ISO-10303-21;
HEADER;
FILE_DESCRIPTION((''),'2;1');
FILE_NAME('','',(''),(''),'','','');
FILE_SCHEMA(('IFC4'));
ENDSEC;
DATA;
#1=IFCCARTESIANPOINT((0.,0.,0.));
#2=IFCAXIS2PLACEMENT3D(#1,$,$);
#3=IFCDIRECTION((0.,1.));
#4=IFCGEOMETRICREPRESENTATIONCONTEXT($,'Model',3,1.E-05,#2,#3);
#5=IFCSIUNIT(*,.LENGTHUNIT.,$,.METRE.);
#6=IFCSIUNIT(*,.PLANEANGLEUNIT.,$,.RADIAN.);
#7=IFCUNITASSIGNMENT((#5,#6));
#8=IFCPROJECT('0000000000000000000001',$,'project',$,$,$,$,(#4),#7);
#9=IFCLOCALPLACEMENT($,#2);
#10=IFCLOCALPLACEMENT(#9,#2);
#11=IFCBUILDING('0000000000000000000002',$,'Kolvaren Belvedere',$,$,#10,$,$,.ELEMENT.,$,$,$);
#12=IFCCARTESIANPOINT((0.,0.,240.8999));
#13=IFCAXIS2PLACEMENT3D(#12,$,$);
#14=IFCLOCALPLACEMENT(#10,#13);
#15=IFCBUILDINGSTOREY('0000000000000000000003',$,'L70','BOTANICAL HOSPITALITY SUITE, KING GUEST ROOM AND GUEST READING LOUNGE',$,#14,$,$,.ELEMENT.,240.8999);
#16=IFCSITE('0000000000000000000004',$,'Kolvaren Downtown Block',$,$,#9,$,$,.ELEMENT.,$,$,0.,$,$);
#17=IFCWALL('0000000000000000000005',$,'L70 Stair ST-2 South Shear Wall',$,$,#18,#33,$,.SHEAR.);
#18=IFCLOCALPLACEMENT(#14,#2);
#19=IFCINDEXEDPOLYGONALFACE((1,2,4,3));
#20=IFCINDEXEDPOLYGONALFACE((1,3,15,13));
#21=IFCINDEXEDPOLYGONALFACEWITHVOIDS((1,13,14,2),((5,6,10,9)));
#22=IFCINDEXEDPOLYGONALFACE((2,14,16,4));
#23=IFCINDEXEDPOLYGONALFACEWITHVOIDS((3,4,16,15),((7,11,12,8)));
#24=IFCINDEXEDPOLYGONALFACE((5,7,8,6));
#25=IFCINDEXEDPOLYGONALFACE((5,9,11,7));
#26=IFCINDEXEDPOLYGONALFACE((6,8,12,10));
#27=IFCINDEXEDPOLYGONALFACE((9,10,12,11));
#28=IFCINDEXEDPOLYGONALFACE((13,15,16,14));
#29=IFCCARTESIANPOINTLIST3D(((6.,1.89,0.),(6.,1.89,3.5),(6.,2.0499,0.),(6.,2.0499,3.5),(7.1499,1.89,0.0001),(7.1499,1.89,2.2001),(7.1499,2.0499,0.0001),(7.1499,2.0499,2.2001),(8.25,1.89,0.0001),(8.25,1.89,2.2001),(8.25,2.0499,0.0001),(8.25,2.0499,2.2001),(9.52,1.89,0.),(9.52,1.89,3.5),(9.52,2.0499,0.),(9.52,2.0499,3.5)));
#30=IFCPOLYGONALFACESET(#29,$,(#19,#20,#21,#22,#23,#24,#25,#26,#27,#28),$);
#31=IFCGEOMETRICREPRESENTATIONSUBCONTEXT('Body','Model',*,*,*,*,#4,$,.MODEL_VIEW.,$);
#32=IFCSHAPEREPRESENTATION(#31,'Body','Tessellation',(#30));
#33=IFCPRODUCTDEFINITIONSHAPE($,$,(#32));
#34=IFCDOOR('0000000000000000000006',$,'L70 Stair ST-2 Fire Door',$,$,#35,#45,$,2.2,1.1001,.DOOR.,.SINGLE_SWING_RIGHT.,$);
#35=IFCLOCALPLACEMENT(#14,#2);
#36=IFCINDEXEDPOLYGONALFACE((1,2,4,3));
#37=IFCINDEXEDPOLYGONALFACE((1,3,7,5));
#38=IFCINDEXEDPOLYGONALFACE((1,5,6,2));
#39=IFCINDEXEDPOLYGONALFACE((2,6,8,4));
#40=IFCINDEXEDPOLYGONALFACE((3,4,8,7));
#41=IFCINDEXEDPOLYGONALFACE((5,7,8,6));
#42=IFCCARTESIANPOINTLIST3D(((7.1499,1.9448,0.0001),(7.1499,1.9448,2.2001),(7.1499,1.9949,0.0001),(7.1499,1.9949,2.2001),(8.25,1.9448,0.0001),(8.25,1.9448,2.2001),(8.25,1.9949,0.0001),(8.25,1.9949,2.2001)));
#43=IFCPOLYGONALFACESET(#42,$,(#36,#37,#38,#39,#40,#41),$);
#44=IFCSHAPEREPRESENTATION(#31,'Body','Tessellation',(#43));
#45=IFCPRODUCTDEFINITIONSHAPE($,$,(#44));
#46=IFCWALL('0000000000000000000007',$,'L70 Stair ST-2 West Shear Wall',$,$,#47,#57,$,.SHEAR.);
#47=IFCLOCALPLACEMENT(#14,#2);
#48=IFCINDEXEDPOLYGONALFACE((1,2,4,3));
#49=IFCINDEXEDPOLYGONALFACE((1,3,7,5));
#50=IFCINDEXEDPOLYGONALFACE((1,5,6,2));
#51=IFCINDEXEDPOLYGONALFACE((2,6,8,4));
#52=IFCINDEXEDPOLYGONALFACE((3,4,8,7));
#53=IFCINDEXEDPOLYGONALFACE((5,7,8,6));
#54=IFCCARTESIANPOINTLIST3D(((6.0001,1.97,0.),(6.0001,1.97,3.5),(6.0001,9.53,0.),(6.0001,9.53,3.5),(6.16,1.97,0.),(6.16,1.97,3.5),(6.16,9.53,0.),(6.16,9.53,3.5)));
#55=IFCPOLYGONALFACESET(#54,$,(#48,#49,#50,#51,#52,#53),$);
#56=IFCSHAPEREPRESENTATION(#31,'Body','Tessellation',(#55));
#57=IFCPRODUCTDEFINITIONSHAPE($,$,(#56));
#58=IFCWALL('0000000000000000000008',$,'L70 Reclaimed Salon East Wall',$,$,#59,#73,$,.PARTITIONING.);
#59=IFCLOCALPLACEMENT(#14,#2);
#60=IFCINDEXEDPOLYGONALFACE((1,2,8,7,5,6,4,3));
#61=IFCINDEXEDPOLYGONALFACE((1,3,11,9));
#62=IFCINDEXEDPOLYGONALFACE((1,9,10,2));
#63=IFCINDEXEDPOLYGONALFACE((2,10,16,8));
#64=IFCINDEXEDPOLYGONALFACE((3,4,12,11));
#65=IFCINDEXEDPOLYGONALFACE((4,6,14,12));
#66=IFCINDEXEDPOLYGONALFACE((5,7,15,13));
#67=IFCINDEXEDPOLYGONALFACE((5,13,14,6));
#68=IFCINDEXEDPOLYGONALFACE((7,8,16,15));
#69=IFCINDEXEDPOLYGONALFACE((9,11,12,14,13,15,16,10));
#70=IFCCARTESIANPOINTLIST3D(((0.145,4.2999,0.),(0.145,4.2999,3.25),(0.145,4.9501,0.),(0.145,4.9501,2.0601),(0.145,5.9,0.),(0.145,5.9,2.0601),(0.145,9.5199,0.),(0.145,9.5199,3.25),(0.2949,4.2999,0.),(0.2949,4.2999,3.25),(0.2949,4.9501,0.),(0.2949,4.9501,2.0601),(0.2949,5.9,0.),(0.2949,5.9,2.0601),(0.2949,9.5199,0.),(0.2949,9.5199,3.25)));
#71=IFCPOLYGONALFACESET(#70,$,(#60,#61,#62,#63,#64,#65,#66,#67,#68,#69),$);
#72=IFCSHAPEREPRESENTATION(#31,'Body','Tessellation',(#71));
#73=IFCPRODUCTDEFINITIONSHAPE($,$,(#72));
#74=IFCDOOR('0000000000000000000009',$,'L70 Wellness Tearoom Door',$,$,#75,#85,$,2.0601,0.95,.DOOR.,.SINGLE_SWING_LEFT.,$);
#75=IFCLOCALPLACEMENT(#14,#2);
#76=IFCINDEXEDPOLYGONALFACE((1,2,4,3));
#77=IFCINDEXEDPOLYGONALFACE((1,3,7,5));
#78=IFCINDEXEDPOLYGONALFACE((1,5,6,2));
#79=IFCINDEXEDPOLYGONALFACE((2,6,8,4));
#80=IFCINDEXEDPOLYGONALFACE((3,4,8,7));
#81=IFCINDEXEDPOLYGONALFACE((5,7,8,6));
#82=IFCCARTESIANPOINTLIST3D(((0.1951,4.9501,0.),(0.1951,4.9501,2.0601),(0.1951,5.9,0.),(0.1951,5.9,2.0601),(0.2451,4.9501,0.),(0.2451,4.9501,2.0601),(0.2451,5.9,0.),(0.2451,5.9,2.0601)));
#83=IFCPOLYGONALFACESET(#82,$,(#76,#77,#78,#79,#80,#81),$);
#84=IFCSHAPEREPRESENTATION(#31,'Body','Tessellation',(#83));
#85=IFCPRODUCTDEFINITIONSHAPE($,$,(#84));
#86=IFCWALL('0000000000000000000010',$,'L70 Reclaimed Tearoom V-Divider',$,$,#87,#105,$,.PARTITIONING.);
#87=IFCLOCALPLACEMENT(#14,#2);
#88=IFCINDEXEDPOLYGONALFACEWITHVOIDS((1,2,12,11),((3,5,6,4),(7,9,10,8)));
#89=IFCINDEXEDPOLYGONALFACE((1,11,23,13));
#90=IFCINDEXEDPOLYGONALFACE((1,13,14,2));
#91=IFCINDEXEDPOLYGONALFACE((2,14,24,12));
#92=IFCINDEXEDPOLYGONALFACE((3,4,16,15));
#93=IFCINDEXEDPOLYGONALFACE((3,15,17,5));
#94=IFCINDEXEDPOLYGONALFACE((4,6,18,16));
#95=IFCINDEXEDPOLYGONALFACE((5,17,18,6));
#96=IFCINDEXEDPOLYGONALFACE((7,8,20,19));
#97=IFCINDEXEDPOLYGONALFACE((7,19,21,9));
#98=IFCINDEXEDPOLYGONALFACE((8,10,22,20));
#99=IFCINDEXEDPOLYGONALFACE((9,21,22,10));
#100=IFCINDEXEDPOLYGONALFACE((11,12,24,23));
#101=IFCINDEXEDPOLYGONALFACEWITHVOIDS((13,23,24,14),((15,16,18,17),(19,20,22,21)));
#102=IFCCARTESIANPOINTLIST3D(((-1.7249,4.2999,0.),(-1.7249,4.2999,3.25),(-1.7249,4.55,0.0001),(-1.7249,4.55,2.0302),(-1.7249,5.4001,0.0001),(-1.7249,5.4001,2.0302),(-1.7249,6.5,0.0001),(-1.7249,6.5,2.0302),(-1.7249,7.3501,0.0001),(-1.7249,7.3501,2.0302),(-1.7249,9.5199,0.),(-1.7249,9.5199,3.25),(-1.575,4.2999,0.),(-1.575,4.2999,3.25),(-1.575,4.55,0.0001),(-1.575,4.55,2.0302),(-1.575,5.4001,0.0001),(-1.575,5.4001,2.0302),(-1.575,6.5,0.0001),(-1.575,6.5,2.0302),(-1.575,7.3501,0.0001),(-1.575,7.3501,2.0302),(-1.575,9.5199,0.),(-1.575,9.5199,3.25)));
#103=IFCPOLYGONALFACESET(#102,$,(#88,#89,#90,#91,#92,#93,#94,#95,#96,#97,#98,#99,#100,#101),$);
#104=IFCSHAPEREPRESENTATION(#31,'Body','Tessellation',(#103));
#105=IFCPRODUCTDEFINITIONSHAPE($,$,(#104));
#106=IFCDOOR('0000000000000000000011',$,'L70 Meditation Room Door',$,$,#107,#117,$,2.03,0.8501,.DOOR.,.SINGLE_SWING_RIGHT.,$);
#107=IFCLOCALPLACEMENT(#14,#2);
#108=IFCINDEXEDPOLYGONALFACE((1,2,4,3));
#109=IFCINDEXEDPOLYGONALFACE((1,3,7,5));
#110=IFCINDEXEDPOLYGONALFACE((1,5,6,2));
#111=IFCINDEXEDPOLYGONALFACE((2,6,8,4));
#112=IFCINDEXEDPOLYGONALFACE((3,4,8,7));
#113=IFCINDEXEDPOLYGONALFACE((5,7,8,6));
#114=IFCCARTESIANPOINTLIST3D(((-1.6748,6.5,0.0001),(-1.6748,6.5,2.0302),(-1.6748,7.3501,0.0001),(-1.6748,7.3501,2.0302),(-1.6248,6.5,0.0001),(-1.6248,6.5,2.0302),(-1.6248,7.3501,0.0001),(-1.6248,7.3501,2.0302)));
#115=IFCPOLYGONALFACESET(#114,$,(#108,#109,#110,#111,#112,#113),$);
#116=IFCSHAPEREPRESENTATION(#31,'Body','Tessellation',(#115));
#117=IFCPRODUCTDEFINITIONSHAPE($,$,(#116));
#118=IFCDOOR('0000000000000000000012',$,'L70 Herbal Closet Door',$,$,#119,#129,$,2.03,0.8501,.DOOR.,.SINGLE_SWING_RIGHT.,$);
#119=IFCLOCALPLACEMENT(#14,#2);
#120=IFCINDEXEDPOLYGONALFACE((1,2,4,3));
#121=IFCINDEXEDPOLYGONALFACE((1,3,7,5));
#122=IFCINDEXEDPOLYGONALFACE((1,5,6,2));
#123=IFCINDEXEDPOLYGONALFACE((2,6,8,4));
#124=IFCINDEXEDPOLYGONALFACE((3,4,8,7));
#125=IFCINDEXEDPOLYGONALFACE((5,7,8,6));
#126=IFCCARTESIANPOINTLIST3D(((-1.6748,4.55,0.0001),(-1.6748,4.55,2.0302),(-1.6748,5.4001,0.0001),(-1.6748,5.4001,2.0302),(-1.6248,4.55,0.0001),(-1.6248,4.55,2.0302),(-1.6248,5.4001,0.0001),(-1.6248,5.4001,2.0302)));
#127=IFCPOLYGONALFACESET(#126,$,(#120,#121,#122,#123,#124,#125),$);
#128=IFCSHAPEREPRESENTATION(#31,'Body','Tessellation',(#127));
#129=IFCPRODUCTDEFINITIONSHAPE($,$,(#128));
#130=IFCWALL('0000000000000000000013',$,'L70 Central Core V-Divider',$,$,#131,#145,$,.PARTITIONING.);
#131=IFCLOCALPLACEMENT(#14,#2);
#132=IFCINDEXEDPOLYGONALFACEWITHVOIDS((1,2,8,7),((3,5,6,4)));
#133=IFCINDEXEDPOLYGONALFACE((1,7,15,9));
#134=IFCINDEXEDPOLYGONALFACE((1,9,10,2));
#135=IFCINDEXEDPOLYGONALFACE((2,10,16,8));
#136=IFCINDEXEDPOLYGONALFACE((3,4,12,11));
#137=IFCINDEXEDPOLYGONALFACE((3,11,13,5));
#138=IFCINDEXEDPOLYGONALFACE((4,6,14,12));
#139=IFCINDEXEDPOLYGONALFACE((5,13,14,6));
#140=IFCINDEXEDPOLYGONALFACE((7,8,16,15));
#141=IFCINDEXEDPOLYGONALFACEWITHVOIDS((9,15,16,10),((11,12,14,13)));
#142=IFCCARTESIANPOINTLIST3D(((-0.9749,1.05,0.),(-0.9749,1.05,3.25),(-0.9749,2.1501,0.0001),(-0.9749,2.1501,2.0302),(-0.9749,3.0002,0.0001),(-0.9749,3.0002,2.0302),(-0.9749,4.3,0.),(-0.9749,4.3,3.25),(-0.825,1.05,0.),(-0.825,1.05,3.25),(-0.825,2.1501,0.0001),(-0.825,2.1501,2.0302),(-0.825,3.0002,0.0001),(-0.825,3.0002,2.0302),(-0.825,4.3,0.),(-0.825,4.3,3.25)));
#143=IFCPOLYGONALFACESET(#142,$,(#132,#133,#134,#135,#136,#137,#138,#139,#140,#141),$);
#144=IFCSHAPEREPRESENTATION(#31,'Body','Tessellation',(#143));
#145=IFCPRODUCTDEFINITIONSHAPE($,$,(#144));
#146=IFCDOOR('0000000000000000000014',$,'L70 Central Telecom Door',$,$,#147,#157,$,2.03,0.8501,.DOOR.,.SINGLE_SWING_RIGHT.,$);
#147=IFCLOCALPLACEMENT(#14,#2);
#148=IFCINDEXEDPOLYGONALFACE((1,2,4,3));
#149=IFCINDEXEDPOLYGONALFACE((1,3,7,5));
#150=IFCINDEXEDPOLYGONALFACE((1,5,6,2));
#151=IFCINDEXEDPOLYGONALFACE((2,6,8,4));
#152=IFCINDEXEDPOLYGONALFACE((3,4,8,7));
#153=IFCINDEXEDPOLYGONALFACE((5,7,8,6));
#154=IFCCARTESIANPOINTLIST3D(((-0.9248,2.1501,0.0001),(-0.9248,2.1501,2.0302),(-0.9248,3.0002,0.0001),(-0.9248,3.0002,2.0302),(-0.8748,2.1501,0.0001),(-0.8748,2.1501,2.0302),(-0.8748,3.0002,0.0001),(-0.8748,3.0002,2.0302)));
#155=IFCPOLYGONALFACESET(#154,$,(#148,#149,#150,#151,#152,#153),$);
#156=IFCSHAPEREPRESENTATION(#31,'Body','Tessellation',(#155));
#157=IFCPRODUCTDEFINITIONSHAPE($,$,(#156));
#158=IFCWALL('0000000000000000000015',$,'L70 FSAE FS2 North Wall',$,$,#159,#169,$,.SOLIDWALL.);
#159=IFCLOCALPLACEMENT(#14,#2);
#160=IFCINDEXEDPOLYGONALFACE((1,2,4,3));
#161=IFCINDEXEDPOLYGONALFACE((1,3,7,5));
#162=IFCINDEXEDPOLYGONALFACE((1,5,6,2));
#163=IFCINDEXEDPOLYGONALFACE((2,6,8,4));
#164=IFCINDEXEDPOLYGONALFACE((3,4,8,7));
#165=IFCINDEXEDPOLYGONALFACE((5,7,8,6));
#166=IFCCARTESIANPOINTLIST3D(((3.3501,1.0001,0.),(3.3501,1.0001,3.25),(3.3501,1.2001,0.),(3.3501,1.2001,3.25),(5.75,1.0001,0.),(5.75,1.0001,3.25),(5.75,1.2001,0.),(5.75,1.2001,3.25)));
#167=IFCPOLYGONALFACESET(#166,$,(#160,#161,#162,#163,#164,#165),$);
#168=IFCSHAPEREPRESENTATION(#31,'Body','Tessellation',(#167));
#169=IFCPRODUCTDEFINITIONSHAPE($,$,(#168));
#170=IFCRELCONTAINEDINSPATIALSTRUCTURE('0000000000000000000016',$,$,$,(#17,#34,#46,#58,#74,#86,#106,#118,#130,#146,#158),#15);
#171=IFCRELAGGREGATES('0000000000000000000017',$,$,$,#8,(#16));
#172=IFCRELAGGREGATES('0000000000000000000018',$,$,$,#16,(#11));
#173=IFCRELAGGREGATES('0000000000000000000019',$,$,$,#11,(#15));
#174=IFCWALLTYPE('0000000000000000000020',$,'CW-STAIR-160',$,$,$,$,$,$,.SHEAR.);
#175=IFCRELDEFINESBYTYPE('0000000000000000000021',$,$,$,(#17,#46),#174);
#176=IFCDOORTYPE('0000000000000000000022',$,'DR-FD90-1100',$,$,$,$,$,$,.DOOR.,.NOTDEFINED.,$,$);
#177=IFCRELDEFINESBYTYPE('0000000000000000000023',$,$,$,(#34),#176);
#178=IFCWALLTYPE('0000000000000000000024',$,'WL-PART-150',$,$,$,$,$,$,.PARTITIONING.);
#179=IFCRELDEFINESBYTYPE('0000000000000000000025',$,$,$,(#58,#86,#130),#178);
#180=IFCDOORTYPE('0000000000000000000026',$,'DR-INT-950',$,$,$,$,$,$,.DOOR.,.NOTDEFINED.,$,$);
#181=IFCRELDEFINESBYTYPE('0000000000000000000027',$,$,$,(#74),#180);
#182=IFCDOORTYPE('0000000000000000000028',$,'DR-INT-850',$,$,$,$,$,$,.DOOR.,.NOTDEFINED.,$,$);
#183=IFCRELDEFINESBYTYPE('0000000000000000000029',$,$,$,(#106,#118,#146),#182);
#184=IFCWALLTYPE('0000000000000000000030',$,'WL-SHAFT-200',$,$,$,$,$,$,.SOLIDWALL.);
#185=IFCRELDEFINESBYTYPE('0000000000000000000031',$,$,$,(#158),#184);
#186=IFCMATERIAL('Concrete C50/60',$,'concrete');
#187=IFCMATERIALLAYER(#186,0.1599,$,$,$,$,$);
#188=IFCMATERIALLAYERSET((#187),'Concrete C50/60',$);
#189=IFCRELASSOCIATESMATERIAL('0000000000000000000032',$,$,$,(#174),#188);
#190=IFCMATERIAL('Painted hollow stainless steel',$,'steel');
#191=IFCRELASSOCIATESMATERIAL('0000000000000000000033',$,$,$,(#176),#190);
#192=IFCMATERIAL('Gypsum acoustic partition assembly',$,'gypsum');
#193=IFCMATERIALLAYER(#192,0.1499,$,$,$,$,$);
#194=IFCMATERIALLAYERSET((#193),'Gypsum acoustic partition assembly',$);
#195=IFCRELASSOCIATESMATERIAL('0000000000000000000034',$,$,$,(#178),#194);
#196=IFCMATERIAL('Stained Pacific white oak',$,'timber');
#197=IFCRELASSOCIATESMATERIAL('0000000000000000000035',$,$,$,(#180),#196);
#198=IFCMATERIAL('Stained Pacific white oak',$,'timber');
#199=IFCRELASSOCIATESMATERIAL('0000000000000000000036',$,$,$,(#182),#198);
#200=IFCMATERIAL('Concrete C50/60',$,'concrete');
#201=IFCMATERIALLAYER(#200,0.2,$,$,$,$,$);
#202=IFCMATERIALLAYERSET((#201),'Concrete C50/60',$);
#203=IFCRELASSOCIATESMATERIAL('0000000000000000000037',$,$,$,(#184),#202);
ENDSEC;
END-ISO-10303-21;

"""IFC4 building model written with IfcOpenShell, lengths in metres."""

from ifc_helpers import new_model, si_unit, direction, frame, frame_2d, origin, place, context, subcontext, project, spatial, rectangle, extrude, material, layer, layer_set, type_object, element, fill, save


model = new_model("IFC4")

# Units and contexts
model_context = context("Model", 3, precision=1e-05, world=origin(), true_north=direction((0.0, 1.0)))
body_context = subcontext(model_context, "Body", "Model", "MODEL_VIEW")
ifc_project = project(units=[si_unit("LENGTHUNIT", "METRE"), si_unit("PLANEANGLEUNIT", "RADIAN")], contexts=[model_context])

# Site, building, storey
site_placement = place(None, origin())
site = spatial("IfcSite", under=ifc_project, at=site_placement, Name="Kolvaren Downtown Block", CompositionType="ELEMENT", RefElevation=0.0)
building_placement = place(site_placement, origin())
building = spatial("IfcBuilding", under=site, at=building_placement, Name="Kolvaren Belvedere", CompositionType="ELEMENT")
storey_placement = place(building_placement, frame((0.0, 0.0, 240.8999)))
storey = spatial("IfcBuildingStorey", under=building, at=storey_placement, Name="L70", Description="BOTANICAL HOSPITALITY SUITE, KING GUEST ROOM AND GUEST READING LOUNGE", CompositionType="ELEMENT", Elevation=240.8999)

# Wall, opening, door
ifc_material_1 = material(Name="Concrete C50/60", Category="concrete")
ifc_layer_1 = layer(ifc_material_1, 0.1599)
ifc_layer_set_1 = layer_set([ifc_layer_1], Name="Concrete C50/60")
wall_type_1 = type_object("IfcWallType", Name="CW-STAIR-160", PredefinedType="SHEAR", material=ifc_layer_set_1)
wall_1_placement = place(storey_placement, frame((6.0, 1.97, 0.0), z_axis=(0.0, 0.0, 1.0), x_axis=(1.0, 0.0, 0.0)))
wall_1 = element("IfcWall", 1, at=wall_1_placement, inside=storey, type_object=wall_type_1, Name="L70 Stair ST-2 South Shear Wall", PredefinedType="SHEAR", context=body_context, shape_type="SweptSolid", body=[
    extrude(rectangle(XDim=3.52, YDim=0.1599, at=frame_2d((1.76, 0.0))), origin(), (0.0, 0.0, 1.0), 3.5),
])
opening_1_placement = place(wall_1_placement, frame((1.1499, 0.0, 0.0)))
opening_1 = element("IfcOpeningElement", 2, at=opening_1_placement, cuts=wall_1, PredefinedType="OPENING", context=body_context, shape_type="SweptSolid", body=[
    extrude(rectangle(XDim=1.1001, YDim=2.2, at=frame_2d((0.55, 1.1001))), frame((0.0, 0.0898, 0.0), z_axis=(0.0, -1.0, 0.0), x_axis=(1.0, 0.0, 0.0)), (0.0, 0.0, 1.0), 0.1799),
])
ifc_material_2 = material(Name="Painted hollow stainless steel", Category="steel")
door_type_1 = type_object("IfcDoorType", Name="DR-FD90-1100", OperationType="NOTDEFINED", PredefinedType="DOOR", material=ifc_material_2)
door_1_placement = place(opening_1_placement, origin())
door_1 = element("IfcDoor", 3, at=door_1_placement, inside=storey, type_object=door_type_1, Name="L70 Stair ST-2 Fire Door", OperationType="SINGLE_SWING_RIGHT", OverallHeight=2.2, OverallWidth=1.1001, PredefinedType="DOOR", context=body_context, shape_type="SweptSolid", body=[
    extrude(rectangle(XDim=1.1001, YDim=2.2, at=frame_2d((0.55, 1.1001))), frame((0.0, 0.0249, 0.0), z_axis=(0.0, -1.0, 0.0), x_axis=(1.0, 0.0, 0.0)), (0.0, 0.0, 1.0), 0.05),
])
fill(opening_1, door_1)

# Wall
wall_2_placement = place(storey_placement, frame((6.0801, 1.97, 0.0), z_axis=(0.0, 0.0, 1.0), x_axis=(0.0, 1.0, 0.0)))
element("IfcWall", 4, at=wall_2_placement, inside=storey, type_object=wall_type_1, Name="L70 Stair ST-2 West Shear Wall", PredefinedType="SHEAR", context=body_context, shape_type="SweptSolid", body=[
    extrude(rectangle(XDim=7.5601, YDim=0.1599, at=frame_2d((3.78, 0.0))), origin(), (0.0, 0.0, 1.0), 3.5),
])

# Wall, opening, door
ifc_material_3 = material(Name="Gypsum acoustic partition assembly", Category="gypsum")
ifc_layer_2 = layer(ifc_material_3, 0.1499)
ifc_layer_set_2 = layer_set([ifc_layer_2], Name="Gypsum acoustic partition assembly")
wall_type_2 = type_object("IfcWallType", Name="WL-PART-150", PredefinedType="PARTITIONING", material=ifc_layer_set_2)
wall_3_placement = place(storey_placement, frame((0.22, 4.3, 0.0), z_axis=(0.0, 0.0, 1.0), x_axis=(0.0, 1.0, 0.0)))
wall_3 = element("IfcWall", 5, at=wall_3_placement, inside=storey, type_object=wall_type_2, Name="L70 Reclaimed Salon East Wall", PredefinedType="PARTITIONING", context=body_context, shape_type="SweptSolid", body=[
    extrude(rectangle(XDim=5.22, YDim=0.1499, at=frame_2d((2.6099, 0.0))), origin(), (0.0, 0.0, 1.0), 3.25),
])
opening_2_placement = place(wall_3_placement, frame((0.6499, 0.0, 0.0)))
opening_2 = element("IfcOpeningElement", 6, at=opening_2_placement, cuts=wall_3, PredefinedType="OPENING", context=body_context, shape_type="SweptSolid", body=[
    extrude(rectangle(XDim=0.95, YDim=2.0601, at=frame_2d((0.4751, 1.03))), frame((0.0, 0.085, 0.0), z_axis=(0.0, -1.0, 0.0), x_axis=(1.0, 0.0, 0.0)), (0.0, 0.0, 1.0), 0.1699),
])
ifc_material_4 = material(Name="Stained Pacific white oak", Category="timber")
door_type_2 = type_object("IfcDoorType", Name="DR-INT-950", OperationType="NOTDEFINED", PredefinedType="DOOR", material=ifc_material_4)
door_2_placement = place(opening_2_placement, origin())
door_2 = element("IfcDoor", 7, at=door_2_placement, inside=storey, type_object=door_type_2, Name="L70 Wellness Tearoom Door", OperationType="SINGLE_SWING_LEFT", OverallHeight=2.0601, OverallWidth=0.95, PredefinedType="DOOR", context=body_context, shape_type="SweptSolid", body=[
    extrude(rectangle(XDim=0.95, YDim=2.0601, at=frame_2d((0.4751, 1.03))), frame((0.0, 0.0249, 0.0), z_axis=(0.0, -1.0, 0.0), x_axis=(1.0, 0.0, 0.0)), (0.0, 0.0, 1.0), 0.05),
])
fill(opening_2, door_2)

# Wall, openings, doors
wall_4_placement = place(storey_placement, frame((-1.6499, 4.3, 0.0), z_axis=(0.0, 0.0, 1.0), x_axis=(0.0, 1.0, 0.0)))
wall_4 = element("IfcWall", 8, at=wall_4_placement, inside=storey, type_object=wall_type_2, Name="L70 Reclaimed Tearoom V-Divider", PredefinedType="PARTITIONING", context=body_context, shape_type="SweptSolid", body=[
    extrude(rectangle(XDim=5.22, YDim=0.1499, at=frame_2d((2.6099, 0.0))), origin(), (0.0, 0.0, 1.0), 3.25),
])
opening_3_placement = place(wall_4_placement, frame((2.2, 0.0, 0.0)))
opening_3 = element("IfcOpeningElement", 9, at=opening_3_placement, cuts=wall_4, PredefinedType="OPENING", context=body_context, shape_type="SweptSolid", body=[
    extrude(rectangle(XDim=0.8501, YDim=2.03, at=frame_2d((0.425, 1.0151))), frame((0.0, 0.085, 0.0), z_axis=(0.0, -1.0, 0.0), x_axis=(1.0, 0.0, 0.0)), (0.0, 0.0, 1.0), 0.1699),
])
opening_4_placement = place(wall_4_placement, frame((0.25, 0.0, 0.0)))
opening_4 = element("IfcOpeningElement", 10, at=opening_4_placement, cuts=wall_4, PredefinedType="OPENING", context=body_context, shape_type="SweptSolid", body=[
    extrude(rectangle(XDim=0.8501, YDim=2.03, at=frame_2d((0.425, 1.0151))), frame((0.0, 0.085, 0.0), z_axis=(0.0, -1.0, 0.0), x_axis=(1.0, 0.0, 0.0)), (0.0, 0.0, 1.0), 0.1699),
])
ifc_material_5 = material(Name="Stained Pacific white oak", Category="timber")
door_type_3 = type_object("IfcDoorType", Name="DR-INT-850", OperationType="NOTDEFINED", PredefinedType="DOOR", material=ifc_material_5)
door_3_placement = place(opening_3_placement, origin())
door_3 = element("IfcDoor", 11, at=door_3_placement, inside=storey, type_object=door_type_3, Name="L70 Meditation Room Door", OperationType="SINGLE_SWING_RIGHT", OverallHeight=2.03, OverallWidth=0.8501, PredefinedType="DOOR", context=body_context, shape_type="SweptSolid", body=[
    extrude(rectangle(XDim=0.8501, YDim=2.03, at=frame_2d((0.425, 1.0151))), frame((0.0, 0.0249, 0.0), z_axis=(0.0, -1.0, 0.0), x_axis=(1.0, 0.0, 0.0)), (0.0, 0.0, 1.0), 0.05),
])
fill(opening_3, door_3)
door_4_placement = place(opening_4_placement, origin())
door_4 = element("IfcDoor", 12, at=door_4_placement, inside=storey, type_object=door_type_3, Name="L70 Herbal Closet Door", OperationType="SINGLE_SWING_RIGHT", OverallHeight=2.03, OverallWidth=0.8501, PredefinedType="DOOR", context=body_context, shape_type="SweptSolid", body=[
    extrude(rectangle(XDim=0.8501, YDim=2.03, at=frame_2d((0.425, 1.0151))), frame((0.0, 0.0249, 0.0), z_axis=(0.0, -1.0, 0.0), x_axis=(1.0, 0.0, 0.0)), (0.0, 0.0, 1.0), 0.05),
])
fill(opening_4, door_4)

# Wall, opening, door
wall_5_placement = place(storey_placement, frame((-0.8999, 1.05, 0.0), z_axis=(0.0, 0.0, 1.0), x_axis=(0.0, 1.0, 0.0)))
wall_5 = element("IfcWall", 13, at=wall_5_placement, inside=storey, type_object=wall_type_2, Name="L70 Central Core V-Divider", PredefinedType="PARTITIONING", context=body_context, shape_type="SweptSolid", body=[
    extrude(rectangle(XDim=3.25, YDim=0.1499, at=frame_2d((1.625, 0.0))), origin(), (0.0, 0.0, 1.0), 3.25),
])
opening_5_placement = place(wall_5_placement, frame((1.1001, 0.0, 0.0)))
opening_5 = element("IfcOpeningElement", 14, at=opening_5_placement, cuts=wall_5, PredefinedType="OPENING", context=body_context, shape_type="SweptSolid", body=[
    extrude(rectangle(XDim=0.8501, YDim=2.03, at=frame_2d((0.425, 1.0151))), frame((0.0, 0.085, 0.0), z_axis=(0.0, -1.0, 0.0), x_axis=(1.0, 0.0, 0.0)), (0.0, 0.0, 1.0), 0.1699),
])
door_5_placement = place(opening_5_placement, origin())
door_5 = element("IfcDoor", 15, at=door_5_placement, inside=storey, type_object=door_type_3, Name="L70 Central Telecom Door", OperationType="SINGLE_SWING_RIGHT", OverallHeight=2.03, OverallWidth=0.8501, PredefinedType="DOOR", context=body_context, shape_type="SweptSolid", body=[
    extrude(rectangle(XDim=0.8501, YDim=2.03, at=frame_2d((0.425, 1.0151))), frame((0.0, 0.0249, 0.0), z_axis=(0.0, -1.0, 0.0), x_axis=(1.0, 0.0, 0.0)), (0.0, 0.0, 1.0), 0.05),
])
fill(opening_5, door_5)

# Wall
ifc_material_6 = material(Name="Concrete C50/60", Category="concrete")
ifc_layer_3 = layer(ifc_material_6, 0.2)
ifc_layer_set_3 = layer_set([ifc_layer_3], Name="Concrete C50/60")
wall_type_3 = type_object("IfcWallType", Name="WL-SHAFT-200", PredefinedType="SOLIDWALL", material=ifc_layer_set_3)
wall_6_placement = place(storey_placement, frame((3.3501, 1.1001, 0.0), z_axis=(0.0, 0.0, 1.0), x_axis=(1.0, 0.0, 0.0)))
element("IfcWall", 16, at=wall_6_placement, inside=storey, type_object=wall_type_3, Name="L70 FSAE FS2 North Wall", PredefinedType="SOLIDWALL", context=body_context, shape_type="SweptSolid", body=[
    extrude(rectangle(XDim=2.3999, YDim=0.2, at=frame_2d((1.2, 0.0))), origin(), (0.0, 0.0, 1.0), 3.25),
])

save(model, "model.ifc")
